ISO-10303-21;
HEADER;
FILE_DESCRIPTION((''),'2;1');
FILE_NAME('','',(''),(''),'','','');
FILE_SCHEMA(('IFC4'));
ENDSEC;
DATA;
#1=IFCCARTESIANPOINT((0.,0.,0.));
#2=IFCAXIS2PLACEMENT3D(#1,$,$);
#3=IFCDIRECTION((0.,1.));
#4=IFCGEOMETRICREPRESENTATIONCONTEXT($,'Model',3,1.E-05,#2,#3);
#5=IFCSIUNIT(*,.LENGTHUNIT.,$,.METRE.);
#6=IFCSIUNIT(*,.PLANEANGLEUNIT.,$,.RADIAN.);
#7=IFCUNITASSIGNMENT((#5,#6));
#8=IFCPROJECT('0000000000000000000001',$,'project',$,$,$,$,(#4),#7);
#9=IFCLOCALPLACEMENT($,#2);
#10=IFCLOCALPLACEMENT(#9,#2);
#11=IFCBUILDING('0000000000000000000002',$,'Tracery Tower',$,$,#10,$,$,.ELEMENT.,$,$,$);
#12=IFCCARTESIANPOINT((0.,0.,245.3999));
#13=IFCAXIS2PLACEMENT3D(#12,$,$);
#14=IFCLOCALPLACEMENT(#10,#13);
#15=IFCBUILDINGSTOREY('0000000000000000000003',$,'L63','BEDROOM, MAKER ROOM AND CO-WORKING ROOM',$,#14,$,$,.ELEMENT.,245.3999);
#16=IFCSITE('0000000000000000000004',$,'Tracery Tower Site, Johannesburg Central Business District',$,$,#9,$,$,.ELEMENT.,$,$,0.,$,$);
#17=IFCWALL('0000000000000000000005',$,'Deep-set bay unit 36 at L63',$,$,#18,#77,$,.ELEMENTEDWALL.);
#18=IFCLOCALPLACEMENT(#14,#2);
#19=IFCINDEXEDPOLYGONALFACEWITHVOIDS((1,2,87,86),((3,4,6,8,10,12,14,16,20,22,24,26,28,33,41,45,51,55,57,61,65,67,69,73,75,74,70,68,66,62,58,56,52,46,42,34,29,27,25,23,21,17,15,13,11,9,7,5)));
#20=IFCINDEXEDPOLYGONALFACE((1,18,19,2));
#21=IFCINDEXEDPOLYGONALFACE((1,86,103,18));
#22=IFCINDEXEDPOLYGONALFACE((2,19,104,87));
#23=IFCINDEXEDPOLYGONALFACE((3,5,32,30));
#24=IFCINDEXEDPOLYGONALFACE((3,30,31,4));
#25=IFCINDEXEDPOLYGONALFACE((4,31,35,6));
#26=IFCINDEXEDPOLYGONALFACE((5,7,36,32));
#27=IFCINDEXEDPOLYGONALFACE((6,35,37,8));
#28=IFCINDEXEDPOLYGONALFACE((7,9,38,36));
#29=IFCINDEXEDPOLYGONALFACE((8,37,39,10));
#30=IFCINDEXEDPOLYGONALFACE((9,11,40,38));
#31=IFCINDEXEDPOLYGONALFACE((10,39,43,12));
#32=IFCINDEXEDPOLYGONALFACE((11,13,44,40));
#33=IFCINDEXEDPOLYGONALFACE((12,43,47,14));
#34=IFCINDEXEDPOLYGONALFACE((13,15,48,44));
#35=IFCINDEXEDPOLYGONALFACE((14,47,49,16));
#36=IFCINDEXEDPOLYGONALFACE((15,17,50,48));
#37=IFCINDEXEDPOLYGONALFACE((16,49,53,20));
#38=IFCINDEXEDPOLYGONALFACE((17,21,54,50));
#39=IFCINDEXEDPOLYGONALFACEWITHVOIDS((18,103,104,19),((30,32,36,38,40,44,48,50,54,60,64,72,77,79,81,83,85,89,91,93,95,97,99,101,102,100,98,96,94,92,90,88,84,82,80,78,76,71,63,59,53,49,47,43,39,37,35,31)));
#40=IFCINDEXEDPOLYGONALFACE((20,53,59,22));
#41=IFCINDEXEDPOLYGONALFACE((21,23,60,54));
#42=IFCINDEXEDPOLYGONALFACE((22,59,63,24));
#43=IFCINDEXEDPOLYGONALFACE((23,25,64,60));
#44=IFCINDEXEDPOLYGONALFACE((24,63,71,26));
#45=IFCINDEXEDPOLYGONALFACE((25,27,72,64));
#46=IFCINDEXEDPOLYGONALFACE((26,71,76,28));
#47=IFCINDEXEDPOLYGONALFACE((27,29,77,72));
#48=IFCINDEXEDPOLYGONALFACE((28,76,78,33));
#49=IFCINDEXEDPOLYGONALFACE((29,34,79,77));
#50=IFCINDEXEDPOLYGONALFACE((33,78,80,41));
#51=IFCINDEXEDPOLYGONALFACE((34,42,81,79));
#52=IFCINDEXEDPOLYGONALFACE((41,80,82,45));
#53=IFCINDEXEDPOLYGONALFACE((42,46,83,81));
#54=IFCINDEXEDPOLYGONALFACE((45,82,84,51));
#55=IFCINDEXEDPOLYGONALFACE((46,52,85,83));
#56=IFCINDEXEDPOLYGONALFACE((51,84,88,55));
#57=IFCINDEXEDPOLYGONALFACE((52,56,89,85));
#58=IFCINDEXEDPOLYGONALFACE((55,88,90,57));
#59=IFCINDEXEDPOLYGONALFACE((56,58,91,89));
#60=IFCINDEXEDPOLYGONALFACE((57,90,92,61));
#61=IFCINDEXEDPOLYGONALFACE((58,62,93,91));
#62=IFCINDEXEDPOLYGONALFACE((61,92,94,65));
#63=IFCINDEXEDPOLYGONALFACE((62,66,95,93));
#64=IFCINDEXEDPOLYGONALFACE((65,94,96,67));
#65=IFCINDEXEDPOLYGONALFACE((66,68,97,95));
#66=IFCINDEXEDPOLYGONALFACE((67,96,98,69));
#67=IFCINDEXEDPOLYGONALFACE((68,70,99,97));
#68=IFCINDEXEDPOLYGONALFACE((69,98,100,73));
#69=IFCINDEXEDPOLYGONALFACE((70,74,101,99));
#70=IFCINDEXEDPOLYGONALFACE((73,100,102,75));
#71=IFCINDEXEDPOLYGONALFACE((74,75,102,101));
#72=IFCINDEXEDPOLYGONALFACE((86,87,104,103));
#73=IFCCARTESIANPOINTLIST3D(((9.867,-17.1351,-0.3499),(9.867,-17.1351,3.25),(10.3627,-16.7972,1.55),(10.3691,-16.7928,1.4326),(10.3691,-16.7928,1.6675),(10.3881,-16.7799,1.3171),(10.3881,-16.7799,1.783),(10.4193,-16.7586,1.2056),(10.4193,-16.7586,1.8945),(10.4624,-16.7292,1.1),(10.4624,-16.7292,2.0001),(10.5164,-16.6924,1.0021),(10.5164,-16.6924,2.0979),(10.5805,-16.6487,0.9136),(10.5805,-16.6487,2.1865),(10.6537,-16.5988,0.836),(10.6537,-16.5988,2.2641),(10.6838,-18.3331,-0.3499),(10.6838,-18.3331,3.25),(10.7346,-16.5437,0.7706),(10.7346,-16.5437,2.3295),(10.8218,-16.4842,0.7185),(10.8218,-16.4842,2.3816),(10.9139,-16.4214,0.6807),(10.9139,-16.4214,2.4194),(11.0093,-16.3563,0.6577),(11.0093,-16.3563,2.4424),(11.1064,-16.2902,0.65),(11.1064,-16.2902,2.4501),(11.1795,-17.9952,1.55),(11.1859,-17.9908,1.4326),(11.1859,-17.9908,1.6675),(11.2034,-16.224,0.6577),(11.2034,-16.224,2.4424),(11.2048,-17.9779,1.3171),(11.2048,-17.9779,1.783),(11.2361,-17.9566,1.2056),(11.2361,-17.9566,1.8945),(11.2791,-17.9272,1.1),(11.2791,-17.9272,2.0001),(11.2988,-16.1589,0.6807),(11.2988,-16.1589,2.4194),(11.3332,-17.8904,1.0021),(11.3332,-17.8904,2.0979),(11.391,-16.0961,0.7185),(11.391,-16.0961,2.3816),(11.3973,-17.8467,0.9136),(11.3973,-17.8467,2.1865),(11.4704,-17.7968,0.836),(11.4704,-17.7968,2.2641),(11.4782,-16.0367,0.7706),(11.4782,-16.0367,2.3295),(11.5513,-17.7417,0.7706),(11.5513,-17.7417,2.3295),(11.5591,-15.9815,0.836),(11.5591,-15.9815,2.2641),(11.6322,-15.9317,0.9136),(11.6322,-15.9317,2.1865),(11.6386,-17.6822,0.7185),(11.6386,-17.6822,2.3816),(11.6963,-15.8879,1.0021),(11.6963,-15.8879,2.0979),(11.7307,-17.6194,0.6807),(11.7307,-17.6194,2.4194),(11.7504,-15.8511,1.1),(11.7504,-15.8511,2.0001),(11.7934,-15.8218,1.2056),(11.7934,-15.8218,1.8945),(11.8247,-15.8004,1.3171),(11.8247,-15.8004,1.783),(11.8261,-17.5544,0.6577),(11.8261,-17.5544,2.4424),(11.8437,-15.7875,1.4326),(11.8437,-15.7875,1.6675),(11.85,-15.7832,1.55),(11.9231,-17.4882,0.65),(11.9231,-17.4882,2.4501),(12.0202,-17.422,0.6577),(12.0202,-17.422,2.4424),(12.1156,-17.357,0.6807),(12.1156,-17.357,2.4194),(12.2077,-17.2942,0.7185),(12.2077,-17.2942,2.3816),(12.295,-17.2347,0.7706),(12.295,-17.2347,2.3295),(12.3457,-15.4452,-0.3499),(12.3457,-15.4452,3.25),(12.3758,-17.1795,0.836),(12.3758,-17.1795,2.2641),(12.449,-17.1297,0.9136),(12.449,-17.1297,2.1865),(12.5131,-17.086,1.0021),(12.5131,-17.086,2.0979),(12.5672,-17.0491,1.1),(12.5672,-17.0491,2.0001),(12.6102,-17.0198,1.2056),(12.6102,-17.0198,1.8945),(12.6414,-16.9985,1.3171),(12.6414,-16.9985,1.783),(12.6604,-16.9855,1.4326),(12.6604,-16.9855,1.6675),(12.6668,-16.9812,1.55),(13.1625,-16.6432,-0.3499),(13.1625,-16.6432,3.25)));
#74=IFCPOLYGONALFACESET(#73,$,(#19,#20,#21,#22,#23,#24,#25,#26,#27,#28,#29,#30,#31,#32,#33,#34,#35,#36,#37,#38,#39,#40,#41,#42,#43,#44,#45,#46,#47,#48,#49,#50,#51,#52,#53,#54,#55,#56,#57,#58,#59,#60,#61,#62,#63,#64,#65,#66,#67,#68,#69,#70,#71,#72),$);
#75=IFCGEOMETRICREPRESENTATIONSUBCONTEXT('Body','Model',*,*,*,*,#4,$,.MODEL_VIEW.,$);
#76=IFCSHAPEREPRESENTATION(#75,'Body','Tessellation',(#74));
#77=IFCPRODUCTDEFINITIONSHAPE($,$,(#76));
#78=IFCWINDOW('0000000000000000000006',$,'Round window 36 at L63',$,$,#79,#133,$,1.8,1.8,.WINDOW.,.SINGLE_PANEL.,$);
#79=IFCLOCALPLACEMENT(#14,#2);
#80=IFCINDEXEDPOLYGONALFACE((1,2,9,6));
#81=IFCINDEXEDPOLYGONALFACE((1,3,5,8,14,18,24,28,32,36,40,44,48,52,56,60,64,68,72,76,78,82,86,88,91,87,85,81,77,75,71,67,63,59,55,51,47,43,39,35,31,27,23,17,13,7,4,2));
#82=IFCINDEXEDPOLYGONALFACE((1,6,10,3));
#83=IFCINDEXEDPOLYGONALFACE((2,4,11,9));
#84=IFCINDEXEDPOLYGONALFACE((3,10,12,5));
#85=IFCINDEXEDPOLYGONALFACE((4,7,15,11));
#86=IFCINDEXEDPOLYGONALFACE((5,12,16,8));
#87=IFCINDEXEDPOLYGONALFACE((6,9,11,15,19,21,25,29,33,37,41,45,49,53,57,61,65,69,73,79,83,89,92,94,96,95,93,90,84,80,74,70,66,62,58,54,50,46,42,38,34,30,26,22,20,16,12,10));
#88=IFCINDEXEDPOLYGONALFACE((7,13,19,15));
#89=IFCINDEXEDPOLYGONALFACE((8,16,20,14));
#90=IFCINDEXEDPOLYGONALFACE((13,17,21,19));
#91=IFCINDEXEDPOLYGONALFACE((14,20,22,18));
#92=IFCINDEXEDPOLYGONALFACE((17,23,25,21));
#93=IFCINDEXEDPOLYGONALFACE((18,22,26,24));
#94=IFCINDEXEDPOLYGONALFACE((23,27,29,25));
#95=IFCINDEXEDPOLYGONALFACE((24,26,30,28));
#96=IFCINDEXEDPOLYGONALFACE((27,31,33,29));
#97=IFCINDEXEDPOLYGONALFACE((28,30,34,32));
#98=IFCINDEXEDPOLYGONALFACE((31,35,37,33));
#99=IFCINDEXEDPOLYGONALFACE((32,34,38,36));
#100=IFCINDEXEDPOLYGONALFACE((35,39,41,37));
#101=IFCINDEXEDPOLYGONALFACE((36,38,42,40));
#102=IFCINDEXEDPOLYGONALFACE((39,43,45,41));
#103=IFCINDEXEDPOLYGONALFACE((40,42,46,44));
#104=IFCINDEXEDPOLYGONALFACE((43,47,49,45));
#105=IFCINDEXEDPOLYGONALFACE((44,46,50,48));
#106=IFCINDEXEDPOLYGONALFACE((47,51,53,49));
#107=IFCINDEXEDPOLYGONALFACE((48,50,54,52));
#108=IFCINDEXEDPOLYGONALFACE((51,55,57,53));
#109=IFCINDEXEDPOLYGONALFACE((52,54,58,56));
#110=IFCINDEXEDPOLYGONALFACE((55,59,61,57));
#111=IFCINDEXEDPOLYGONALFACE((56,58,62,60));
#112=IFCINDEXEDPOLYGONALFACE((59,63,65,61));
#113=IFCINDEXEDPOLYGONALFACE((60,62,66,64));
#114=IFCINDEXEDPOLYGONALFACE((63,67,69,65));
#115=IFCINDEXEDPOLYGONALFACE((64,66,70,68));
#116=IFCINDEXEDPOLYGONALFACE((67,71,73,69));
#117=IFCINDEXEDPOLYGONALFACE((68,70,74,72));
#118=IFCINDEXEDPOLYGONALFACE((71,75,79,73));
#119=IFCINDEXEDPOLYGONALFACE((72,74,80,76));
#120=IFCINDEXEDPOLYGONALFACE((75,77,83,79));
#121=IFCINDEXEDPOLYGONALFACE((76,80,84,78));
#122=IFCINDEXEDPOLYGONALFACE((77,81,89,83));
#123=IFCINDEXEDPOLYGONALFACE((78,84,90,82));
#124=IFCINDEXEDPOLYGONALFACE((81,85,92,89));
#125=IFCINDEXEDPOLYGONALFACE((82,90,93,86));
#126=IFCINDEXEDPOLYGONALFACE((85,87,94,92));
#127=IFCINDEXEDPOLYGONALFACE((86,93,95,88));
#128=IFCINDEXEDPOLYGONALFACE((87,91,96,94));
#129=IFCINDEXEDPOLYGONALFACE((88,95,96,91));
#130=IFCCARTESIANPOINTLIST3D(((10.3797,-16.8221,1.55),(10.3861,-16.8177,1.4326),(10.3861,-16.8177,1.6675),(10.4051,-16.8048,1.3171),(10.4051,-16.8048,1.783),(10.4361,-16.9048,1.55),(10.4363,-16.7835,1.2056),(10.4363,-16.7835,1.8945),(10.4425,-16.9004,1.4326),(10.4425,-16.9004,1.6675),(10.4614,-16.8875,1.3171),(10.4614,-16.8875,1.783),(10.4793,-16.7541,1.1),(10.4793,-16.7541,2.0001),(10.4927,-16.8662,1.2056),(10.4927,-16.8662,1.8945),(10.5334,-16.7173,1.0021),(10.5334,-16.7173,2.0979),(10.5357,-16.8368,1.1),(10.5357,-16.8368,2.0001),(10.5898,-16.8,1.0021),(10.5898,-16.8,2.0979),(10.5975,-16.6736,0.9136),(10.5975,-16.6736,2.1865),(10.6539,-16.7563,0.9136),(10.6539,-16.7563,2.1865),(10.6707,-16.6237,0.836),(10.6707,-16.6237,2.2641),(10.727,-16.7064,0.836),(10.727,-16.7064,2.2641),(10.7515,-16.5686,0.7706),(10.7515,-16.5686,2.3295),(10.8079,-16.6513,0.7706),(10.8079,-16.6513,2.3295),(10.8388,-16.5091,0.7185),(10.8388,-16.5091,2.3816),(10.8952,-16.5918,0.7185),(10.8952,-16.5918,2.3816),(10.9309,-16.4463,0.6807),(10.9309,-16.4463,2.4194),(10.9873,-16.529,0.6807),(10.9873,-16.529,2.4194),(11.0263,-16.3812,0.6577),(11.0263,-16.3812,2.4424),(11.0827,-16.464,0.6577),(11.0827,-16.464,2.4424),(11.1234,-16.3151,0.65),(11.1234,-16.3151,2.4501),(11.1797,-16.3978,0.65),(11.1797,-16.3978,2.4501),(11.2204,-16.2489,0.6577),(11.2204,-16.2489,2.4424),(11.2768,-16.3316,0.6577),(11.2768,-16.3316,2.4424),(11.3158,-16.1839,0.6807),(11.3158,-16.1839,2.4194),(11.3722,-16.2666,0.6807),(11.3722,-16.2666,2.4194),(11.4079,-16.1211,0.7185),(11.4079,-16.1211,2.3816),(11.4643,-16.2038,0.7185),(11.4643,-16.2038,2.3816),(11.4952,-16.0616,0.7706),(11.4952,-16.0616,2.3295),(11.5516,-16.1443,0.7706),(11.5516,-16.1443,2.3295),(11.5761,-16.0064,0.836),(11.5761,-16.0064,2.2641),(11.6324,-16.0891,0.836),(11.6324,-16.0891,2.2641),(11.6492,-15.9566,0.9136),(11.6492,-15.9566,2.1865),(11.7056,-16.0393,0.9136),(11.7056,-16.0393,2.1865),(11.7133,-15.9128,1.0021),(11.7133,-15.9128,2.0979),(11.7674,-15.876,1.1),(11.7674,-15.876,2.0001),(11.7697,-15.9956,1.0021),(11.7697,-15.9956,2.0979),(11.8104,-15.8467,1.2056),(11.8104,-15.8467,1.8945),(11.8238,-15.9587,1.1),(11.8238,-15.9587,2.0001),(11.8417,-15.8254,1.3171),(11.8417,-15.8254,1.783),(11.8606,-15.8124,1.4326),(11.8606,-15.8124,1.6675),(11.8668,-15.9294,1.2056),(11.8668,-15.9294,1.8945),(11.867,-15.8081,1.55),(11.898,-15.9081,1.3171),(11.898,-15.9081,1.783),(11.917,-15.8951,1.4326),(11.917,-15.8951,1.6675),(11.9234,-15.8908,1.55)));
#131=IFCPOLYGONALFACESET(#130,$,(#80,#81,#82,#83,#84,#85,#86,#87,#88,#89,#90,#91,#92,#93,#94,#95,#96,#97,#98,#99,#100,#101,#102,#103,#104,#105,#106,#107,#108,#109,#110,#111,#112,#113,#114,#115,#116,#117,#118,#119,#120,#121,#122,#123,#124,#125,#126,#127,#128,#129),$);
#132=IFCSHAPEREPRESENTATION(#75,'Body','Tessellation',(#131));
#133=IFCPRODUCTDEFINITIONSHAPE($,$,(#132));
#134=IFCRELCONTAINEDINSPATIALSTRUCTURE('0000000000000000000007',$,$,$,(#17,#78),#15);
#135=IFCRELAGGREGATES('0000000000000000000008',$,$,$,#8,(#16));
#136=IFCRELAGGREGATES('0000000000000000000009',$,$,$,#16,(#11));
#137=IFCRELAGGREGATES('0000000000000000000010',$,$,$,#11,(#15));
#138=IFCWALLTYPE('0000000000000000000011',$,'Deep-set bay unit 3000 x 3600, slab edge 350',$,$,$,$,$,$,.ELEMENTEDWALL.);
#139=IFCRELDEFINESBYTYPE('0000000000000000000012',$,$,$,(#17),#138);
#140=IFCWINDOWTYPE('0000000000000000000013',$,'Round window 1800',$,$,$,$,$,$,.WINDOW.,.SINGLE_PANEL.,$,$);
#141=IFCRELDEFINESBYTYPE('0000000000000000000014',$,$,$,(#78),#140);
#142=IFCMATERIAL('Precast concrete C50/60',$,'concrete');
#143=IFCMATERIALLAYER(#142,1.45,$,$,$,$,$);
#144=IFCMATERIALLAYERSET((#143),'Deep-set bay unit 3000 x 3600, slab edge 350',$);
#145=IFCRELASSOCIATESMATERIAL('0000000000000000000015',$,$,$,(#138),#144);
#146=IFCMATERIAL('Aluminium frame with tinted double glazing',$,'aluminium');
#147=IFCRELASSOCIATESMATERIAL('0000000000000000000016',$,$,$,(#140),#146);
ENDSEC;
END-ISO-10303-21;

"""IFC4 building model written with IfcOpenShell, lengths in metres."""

from ifc_helpers import new_model, si_unit, direction, frame, frame_2d, origin, origin_2d, place, context, subcontext, project, spatial, rectangle, circle, extrude, material, layer, layer_set, type_object, element, fill, save


model = new_model("IFC4")

# Units and contexts
model_context = context("Model", 3, precision=1e-05, world=origin(), true_north=direction((0.0, 1.0)))
body_context = subcontext(model_context, "Body", "Model", "MODEL_VIEW")
ifc_project = project(units=[si_unit("LENGTHUNIT", "METRE"), si_unit("PLANEANGLEUNIT", "RADIAN")], contexts=[model_context])

# Site, building, storey
site_placement = place(None, origin())
site = spatial("IfcSite", under=ifc_project, at=site_placement, Name="Tracery Tower Site, Johannesburg Central Business District", CompositionType="ELEMENT", RefElevation=0.0)
building_placement = place(site_placement, origin())
building = spatial("IfcBuilding", under=site, at=building_placement, Name="Tracery Tower", CompositionType="ELEMENT")
storey_placement = place(building_placement, frame((0.0, 0.0, 245.3999)))
storey = spatial("IfcBuildingStorey", under=building, at=storey_placement, Name="L63", Description="BEDROOM, MAKER ROOM AND CO-WORKING ROOM", CompositionType="ELEMENT", Elevation=245.3999)

# Wall, opening, window
ifc_material_1 = material(Name="Precast concrete C50/60", Category="concrete")
ifc_layer_1 = layer(ifc_material_1, 1.45)
ifc_layer_set_1 = layer_set([ifc_layer_1], Name="Deep-set bay unit 3000 x 3600, slab edge 350")
wall_type_1 = type_object("IfcWallType", Name="Deep-set bay unit 3000 x 3600, slab edge 350", PredefinedType="ELEMENTEDWALL", material=ifc_layer_set_1)
wall_1_placement = place(storey_placement, frame((10.2754, -17.7341, -0.3499), z_axis=(0.0, 0.0, 1.0), x_axis=(0.826246, 0.563309, 0.0)))
wall_1 = element("IfcWall", 1, at=wall_1_placement, inside=storey, type_object=wall_type_1, Name="Deep-set bay unit 36 at L63", PredefinedType="ELEMENTEDWALL", context=body_context, shape_type="SweptSolid", body=[
    extrude(rectangle(XDim=3.0, YDim=1.45, at=frame_2d((1.5, 0.0))), origin(), (0.0, 0.0, 1.0), 3.5999),
])
opening_1_placement = place(wall_1_placement, frame((1.5, 0.0, 1.8999)))
opening_1 = element("IfcOpeningElement", 2, at=opening_1_placement, cuts=wall_1, PredefinedType="OPENING", context=body_context, shape_type="SweptSolid", body=[
    extrude(circle(Radius=0.9, at=origin_2d()), frame((0.0, 0.7349, 0.0), z_axis=(0.0, -1.0, 0.0), x_axis=(1.0, 0.0, 0.0)), (0.0, 0.0, 1.0), 1.47),
])
ifc_material_2 = material(Name="Aluminium frame with tinted double glazing", Category="aluminium")
window_type = type_object("IfcWindowType", Name="Round window 1800", PartitioningType="SINGLE_PANEL", PredefinedType="WINDOW", material=ifc_material_2)
window_1_placement = place(opening_1_placement, origin())
window_1 = element("IfcWindow", 3, at=window_1_placement, inside=storey, type_object=window_type, Name="Round window 36 at L63", OverallHeight=1.8, OverallWidth=1.8, PartitioningType="SINGLE_PANEL", PredefinedType="WINDOW", context=body_context, shape_type="SweptSolid", body=[
    extrude(circle(Radius=0.9, at=origin_2d()), frame((0.0, 0.6948, 0.0), z_axis=(0.0, -1.0, 0.0), x_axis=(1.0, 0.0, 0.0)), (0.0, 0.0, 1.0), 0.1001),
])
fill(opening_1, window_1)

save(model, "model.ifc")
